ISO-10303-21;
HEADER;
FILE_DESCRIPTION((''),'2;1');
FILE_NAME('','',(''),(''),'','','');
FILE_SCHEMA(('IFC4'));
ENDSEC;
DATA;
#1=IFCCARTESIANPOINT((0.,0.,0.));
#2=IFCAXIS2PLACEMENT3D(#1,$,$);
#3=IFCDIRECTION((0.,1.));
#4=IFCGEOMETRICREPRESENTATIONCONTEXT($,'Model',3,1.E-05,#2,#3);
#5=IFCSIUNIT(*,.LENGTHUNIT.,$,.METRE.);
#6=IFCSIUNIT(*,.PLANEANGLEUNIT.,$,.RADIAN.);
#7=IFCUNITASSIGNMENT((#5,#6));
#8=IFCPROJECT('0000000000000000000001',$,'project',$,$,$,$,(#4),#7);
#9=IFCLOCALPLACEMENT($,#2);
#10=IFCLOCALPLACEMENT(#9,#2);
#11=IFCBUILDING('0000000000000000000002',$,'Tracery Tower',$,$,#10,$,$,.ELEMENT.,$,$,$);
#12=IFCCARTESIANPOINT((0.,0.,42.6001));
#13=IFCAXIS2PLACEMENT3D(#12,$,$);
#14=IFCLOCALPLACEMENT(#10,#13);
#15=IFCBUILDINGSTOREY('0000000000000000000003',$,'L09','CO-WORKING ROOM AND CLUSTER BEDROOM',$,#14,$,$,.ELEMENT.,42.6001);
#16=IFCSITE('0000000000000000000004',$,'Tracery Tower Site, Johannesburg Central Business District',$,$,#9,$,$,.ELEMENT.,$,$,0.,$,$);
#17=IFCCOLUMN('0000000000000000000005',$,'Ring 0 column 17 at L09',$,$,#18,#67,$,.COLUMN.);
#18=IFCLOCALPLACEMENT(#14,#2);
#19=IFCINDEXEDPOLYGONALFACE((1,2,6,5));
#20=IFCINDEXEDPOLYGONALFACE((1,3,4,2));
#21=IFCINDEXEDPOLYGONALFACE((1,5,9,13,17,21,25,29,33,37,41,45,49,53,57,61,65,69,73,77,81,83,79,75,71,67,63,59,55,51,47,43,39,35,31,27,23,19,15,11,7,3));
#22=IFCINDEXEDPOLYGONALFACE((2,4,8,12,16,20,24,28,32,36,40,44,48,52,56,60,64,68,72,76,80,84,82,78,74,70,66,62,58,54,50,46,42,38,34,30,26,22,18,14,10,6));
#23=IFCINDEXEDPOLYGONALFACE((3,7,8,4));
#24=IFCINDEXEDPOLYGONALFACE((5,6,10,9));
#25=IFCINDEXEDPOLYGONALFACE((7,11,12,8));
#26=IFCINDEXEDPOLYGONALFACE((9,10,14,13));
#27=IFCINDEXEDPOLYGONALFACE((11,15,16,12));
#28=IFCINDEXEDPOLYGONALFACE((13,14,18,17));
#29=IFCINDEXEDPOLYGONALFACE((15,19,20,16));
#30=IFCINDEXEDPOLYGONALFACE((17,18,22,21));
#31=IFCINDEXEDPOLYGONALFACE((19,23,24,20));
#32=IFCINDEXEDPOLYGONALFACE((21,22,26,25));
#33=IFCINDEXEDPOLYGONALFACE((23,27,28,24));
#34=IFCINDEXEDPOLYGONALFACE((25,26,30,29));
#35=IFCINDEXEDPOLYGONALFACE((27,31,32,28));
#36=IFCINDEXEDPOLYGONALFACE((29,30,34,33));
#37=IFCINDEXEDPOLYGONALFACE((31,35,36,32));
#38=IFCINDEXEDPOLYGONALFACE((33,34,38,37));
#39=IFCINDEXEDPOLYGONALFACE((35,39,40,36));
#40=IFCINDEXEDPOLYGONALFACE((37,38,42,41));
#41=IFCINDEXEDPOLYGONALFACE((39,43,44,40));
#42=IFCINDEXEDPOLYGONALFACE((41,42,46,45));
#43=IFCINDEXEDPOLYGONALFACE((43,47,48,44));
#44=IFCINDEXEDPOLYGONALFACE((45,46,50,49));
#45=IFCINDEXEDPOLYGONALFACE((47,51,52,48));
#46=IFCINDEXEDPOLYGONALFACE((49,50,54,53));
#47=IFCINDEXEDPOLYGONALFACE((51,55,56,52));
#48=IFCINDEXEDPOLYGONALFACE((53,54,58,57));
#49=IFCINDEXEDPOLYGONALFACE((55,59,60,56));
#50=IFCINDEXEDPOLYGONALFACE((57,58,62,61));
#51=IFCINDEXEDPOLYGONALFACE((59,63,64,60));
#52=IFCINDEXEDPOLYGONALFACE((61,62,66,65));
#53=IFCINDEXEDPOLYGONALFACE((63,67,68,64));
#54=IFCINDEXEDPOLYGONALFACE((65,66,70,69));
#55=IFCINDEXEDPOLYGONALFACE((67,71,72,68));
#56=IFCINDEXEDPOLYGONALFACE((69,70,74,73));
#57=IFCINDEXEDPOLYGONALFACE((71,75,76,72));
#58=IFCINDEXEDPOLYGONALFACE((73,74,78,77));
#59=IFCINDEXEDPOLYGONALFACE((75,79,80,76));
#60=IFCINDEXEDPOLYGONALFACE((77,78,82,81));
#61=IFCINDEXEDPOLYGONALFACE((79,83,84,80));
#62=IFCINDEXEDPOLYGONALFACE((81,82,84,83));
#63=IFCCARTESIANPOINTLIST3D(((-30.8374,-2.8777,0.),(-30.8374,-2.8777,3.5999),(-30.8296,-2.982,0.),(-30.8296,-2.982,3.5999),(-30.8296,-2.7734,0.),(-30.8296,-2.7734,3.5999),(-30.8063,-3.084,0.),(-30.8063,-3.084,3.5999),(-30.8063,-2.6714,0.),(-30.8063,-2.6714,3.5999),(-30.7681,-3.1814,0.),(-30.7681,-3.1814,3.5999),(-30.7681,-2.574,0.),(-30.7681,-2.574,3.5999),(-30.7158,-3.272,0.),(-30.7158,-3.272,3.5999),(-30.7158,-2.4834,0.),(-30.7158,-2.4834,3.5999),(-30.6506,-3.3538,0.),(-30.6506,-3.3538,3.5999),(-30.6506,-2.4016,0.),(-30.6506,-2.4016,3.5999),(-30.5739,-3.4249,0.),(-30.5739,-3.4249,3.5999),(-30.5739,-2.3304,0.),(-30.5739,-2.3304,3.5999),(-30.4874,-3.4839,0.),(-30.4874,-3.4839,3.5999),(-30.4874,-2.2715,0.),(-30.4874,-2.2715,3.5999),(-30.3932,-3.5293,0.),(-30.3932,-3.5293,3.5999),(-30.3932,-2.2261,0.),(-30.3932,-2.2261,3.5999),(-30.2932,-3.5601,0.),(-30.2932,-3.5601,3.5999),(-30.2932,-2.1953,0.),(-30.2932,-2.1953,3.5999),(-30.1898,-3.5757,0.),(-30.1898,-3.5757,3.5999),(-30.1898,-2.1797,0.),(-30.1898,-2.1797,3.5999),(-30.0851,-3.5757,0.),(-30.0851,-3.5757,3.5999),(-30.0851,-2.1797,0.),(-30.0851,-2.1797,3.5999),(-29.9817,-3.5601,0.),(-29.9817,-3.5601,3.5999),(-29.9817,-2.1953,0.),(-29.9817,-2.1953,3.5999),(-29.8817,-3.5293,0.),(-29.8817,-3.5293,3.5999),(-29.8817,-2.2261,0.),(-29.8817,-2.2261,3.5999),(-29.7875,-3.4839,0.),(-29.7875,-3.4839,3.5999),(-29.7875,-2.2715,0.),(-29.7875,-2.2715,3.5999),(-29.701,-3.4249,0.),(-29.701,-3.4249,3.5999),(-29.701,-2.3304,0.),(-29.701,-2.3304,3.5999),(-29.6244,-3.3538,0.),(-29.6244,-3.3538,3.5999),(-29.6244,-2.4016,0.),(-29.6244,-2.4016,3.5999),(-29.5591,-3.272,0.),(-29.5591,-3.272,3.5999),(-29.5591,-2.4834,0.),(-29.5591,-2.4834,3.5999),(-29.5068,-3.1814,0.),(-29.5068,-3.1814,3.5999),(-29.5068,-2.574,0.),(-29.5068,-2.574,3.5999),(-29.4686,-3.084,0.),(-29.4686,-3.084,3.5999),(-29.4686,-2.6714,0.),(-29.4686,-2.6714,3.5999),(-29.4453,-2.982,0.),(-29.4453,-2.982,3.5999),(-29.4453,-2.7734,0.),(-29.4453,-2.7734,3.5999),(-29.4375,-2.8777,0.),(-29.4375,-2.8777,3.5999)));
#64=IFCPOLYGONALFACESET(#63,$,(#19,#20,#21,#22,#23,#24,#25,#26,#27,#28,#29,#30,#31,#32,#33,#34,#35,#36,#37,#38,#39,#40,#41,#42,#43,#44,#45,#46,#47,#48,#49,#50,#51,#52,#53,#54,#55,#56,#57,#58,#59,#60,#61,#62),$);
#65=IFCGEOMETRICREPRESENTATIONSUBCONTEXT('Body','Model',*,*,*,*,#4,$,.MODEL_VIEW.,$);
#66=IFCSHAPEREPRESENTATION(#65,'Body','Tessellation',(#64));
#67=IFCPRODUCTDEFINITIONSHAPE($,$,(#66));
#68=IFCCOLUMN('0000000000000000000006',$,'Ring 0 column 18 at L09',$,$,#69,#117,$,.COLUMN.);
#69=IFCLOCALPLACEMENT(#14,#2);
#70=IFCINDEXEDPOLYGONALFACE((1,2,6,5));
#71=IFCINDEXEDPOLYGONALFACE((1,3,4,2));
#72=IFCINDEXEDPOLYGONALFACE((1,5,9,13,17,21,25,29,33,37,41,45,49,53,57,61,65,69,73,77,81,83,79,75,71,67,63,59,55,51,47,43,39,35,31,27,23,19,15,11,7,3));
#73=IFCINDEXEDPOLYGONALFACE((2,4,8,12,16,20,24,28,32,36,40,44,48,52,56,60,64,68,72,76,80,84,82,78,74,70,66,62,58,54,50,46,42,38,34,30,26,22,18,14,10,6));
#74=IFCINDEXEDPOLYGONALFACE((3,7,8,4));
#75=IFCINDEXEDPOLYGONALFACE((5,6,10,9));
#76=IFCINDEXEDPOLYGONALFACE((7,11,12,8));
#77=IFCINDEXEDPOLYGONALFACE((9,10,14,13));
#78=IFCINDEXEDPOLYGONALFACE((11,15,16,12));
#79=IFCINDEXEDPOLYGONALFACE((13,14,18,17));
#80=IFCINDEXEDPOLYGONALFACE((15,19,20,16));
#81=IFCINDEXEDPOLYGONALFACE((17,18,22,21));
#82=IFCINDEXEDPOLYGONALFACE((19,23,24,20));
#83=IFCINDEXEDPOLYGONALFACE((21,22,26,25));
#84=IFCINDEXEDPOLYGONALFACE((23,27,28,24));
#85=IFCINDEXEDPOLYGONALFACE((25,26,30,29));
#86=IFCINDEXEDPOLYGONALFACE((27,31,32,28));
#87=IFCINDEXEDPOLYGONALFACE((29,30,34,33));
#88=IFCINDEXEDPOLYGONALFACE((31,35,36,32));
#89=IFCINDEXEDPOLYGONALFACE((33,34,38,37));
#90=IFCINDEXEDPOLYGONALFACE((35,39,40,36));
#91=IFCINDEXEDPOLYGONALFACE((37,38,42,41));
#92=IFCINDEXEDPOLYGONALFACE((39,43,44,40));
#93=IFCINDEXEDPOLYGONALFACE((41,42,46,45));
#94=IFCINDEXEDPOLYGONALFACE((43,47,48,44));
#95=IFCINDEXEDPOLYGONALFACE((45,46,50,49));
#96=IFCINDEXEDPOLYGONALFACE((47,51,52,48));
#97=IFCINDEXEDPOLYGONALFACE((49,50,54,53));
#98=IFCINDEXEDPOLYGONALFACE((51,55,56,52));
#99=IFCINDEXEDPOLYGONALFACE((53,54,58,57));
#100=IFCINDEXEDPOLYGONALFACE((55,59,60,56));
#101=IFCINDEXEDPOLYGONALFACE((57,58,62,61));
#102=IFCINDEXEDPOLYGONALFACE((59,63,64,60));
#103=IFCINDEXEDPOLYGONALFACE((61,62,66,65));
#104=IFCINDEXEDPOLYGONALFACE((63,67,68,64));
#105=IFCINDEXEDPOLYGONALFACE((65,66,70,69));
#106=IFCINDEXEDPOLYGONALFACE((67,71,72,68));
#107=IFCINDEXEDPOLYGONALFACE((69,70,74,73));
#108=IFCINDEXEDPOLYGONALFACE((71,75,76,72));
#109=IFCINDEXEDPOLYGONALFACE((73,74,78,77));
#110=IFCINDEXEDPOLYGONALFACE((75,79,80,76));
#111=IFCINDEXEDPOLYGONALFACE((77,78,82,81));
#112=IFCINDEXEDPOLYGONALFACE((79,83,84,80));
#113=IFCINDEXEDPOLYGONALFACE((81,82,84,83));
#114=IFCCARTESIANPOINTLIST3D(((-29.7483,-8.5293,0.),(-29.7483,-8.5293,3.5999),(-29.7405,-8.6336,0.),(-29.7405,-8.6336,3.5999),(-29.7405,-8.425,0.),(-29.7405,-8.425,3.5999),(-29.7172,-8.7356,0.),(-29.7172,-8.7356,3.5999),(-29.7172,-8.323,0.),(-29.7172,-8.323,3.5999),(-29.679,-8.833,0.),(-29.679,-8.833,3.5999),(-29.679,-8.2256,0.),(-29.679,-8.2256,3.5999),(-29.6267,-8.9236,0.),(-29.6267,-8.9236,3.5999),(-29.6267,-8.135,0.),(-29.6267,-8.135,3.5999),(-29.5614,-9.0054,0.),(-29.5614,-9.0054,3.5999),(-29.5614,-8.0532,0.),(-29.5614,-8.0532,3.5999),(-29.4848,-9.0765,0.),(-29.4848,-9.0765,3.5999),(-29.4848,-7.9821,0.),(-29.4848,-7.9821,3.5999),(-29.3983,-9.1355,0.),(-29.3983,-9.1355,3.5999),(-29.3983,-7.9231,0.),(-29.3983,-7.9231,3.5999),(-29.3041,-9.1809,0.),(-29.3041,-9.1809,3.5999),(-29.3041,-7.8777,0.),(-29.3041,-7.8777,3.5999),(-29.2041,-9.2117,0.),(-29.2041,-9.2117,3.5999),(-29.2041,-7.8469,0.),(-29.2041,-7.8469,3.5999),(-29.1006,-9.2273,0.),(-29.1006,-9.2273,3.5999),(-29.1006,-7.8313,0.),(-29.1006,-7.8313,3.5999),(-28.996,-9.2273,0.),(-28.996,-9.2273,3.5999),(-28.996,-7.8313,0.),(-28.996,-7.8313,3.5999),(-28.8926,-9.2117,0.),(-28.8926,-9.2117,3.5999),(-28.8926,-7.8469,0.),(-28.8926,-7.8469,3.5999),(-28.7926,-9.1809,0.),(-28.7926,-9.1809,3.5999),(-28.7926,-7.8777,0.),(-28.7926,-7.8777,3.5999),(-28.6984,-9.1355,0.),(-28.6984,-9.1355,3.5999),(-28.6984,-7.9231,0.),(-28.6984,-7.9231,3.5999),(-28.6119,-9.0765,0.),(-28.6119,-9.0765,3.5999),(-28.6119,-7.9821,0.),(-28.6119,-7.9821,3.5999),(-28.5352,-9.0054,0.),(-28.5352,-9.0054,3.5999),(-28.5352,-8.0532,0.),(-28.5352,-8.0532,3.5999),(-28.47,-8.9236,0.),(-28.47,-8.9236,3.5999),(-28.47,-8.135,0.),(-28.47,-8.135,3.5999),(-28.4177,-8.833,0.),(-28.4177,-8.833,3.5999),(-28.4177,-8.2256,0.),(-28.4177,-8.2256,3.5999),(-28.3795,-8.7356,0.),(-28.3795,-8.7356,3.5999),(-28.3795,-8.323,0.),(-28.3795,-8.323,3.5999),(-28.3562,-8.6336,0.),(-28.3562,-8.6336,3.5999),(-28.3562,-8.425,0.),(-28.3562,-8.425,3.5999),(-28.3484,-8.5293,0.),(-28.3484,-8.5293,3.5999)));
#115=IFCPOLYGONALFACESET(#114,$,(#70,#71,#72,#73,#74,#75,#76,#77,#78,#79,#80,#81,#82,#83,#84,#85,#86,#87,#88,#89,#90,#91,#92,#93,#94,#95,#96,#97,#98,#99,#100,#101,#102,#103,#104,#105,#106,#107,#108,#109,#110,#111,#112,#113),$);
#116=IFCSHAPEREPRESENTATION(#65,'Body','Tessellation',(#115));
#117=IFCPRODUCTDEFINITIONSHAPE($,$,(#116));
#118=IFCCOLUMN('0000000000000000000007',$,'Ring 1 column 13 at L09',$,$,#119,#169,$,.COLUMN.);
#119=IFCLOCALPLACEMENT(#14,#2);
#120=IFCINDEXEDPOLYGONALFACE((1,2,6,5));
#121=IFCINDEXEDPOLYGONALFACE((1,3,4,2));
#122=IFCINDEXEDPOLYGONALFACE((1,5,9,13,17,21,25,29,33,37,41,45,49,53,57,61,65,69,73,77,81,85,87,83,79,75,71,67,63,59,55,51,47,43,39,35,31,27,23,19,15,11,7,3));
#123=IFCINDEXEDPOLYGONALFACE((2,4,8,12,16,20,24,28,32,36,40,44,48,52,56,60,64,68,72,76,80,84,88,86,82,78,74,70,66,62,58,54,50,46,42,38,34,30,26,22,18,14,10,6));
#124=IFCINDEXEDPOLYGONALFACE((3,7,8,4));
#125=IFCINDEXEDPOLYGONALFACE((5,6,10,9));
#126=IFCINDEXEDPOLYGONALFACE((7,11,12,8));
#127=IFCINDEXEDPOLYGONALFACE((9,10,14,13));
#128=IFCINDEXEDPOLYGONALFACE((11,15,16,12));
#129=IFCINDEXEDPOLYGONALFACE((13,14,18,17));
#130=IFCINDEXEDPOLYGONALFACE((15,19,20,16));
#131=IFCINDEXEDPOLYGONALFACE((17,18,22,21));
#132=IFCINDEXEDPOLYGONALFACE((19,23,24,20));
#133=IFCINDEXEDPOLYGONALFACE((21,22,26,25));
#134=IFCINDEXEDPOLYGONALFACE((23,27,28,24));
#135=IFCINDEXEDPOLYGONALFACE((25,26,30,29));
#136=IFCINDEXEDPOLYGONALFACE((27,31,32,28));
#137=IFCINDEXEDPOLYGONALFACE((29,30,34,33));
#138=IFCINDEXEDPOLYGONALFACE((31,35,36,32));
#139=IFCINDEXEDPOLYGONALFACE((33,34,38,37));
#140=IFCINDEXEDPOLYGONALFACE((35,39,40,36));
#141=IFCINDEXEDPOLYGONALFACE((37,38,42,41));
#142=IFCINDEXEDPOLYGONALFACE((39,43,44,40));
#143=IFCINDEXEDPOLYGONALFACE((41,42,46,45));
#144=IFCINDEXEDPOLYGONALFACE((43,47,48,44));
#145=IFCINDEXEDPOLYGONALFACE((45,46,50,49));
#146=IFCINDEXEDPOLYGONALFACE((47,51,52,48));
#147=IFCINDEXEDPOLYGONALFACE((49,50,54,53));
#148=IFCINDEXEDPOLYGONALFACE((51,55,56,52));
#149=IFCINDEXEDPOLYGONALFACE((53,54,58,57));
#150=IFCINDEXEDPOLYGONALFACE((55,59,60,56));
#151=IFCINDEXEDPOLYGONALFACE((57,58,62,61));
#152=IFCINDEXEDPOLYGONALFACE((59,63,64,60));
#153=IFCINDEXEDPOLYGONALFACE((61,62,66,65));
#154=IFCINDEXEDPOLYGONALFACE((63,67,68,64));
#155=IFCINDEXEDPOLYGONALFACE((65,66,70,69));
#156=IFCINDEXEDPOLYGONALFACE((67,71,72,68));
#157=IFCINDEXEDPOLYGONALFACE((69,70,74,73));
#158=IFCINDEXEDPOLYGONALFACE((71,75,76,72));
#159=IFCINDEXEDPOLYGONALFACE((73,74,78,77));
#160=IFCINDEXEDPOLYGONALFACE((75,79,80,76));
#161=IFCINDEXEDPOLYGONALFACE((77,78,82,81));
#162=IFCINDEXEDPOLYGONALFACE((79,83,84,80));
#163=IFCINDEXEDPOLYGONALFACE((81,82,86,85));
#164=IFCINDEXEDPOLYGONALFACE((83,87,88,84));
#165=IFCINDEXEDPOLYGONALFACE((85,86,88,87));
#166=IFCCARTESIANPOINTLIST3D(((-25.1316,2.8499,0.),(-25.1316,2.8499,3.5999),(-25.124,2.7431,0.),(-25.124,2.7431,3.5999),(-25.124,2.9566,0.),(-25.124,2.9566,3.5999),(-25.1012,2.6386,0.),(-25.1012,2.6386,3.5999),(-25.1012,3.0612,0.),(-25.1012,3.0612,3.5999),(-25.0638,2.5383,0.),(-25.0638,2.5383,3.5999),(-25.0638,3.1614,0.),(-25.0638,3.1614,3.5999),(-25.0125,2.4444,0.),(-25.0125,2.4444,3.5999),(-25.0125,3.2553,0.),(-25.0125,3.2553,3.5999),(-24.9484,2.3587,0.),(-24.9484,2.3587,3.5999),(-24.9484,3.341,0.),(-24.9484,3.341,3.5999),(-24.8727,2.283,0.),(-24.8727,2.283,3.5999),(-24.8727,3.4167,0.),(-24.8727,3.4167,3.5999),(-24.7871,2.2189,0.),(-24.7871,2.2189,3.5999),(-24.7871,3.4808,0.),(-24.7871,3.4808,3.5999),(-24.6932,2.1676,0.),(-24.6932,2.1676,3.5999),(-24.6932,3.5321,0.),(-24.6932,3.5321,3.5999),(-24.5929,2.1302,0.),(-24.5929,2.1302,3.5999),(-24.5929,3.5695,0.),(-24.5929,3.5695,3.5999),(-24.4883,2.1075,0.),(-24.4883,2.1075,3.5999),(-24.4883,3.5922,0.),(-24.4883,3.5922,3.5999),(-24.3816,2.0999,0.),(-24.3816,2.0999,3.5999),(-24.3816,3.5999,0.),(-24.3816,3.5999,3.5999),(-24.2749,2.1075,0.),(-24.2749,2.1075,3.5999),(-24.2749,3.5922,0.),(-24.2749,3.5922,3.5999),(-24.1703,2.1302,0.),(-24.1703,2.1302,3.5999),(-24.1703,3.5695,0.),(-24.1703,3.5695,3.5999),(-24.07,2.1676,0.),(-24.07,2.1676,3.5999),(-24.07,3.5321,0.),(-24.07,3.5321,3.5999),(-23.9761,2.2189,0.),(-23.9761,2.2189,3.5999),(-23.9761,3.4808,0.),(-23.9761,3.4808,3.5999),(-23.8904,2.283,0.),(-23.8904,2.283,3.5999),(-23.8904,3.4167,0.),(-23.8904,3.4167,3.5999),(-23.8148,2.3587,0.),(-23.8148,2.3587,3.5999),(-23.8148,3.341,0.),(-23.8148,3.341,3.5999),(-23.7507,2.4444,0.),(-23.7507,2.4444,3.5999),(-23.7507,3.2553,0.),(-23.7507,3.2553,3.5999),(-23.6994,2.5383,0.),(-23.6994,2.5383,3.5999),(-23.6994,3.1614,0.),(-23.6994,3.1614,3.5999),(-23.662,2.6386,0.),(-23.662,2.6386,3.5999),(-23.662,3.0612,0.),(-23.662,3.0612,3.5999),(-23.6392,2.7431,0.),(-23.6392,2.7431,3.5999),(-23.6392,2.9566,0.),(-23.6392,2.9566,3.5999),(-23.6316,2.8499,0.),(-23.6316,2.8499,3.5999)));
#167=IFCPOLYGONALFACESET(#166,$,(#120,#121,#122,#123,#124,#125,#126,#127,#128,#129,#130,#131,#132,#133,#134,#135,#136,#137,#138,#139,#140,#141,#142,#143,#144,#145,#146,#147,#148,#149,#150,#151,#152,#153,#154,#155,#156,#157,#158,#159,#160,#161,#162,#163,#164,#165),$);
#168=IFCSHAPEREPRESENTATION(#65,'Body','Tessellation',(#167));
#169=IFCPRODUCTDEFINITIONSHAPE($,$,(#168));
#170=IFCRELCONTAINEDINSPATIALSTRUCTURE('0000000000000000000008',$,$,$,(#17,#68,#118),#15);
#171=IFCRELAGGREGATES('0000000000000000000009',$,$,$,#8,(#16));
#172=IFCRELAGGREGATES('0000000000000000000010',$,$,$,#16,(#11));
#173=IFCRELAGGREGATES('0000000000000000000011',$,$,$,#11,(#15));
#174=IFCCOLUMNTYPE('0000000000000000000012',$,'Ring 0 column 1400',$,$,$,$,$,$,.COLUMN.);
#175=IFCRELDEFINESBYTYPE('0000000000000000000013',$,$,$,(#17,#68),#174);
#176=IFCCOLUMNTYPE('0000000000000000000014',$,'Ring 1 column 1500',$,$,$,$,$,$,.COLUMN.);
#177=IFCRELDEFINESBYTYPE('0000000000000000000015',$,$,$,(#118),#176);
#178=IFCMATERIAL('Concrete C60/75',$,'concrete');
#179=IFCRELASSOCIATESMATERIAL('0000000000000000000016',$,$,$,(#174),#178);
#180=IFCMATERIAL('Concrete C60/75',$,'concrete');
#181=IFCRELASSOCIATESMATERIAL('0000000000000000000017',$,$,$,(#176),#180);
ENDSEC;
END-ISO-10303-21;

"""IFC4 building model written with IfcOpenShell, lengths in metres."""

from ifc_helpers import new_model, si_unit, direction, frame, origin, origin_2d, place, context, subcontext, project, spatial, circle, extrude, material, material_profile, profile_set, type_object, element, save


model = new_model("IFC4")

# Units and contexts
model_context = context("Model", 3, precision=1e-05, world=origin(), true_north=direction((0.0, 1.0)))
body_context = subcontext(model_context, "Body", "Model", "MODEL_VIEW")
ifc_project = project(units=[si_unit("LENGTHUNIT", "METRE"), si_unit("PLANEANGLEUNIT", "RADIAN")], contexts=[model_context])

# Site, building, storey
site_placement = place(None, origin())
site = spatial("IfcSite", under=ifc_project, at=site_placement, Name="Tracery Tower Site, Johannesburg Central Business District", CompositionType="ELEMENT", RefElevation=0.0)
building_placement = place(site_placement, origin())
building = spatial("IfcBuilding", under=site, at=building_placement, Name="Tracery Tower", CompositionType="ELEMENT")
storey_placement = place(building_placement, frame((0.0, 0.0, 42.6001)))
storey = spatial("IfcBuildingStorey", under=building, at=storey_placement, Name="L09", Description="CO-WORKING ROOM AND CLUSTER BEDROOM", CompositionType="ELEMENT", Elevation=42.6001)

# Columns
ifc_material_1 = material(Name="Concrete C60/75", Category="concrete")
ifc_material_profile_1 = material_profile(ifc_material_1, circle(Radius=0.7, at=origin_2d()), Name="RC D1400")
ifc_profile_set_1 = profile_set([ifc_material_profile_1], Name="Concrete C60/75")
column_type_1 = type_object("IfcColumnType", Name="Ring 0 column 1400", PredefinedType="COLUMN", material=ifc_profile_set_1)
for number, where, z_axis, x_axis, name in (
    (1, (-30.1375, -2.8777, 0.0), (0.0, 0.0, 1.0), (1.0, 0.0, 0.0), "Ring 0 column 17 at L09"),
    (2, (-29.0483, -8.5293, 0.0), (0.0, 0.0, 1.0), (1.0, 0.0, 0.0), "Ring 0 column 18 at L09"),
):
    element("IfcColumn", number, at=place(storey_placement, frame(where, z_axis=z_axis, x_axis=x_axis)), inside=storey, type_object=column_type_1, Name=name, PredefinedType="COLUMN", context=body_context, shape_type="SweptSolid", body=[
        extrude(circle(Radius=0.7, at=origin_2d()), origin(), (0.0, 0.0, 1.0), 3.5999),
    ])
ifc_material_2 = material(Name="Concrete C60/75", Category="concrete")
ifc_material_profile_2 = material_profile(ifc_material_2, circle(Radius=0.75, at=origin_2d()), Name="RC D1500")
ifc_profile_set_2 = profile_set([ifc_material_profile_2], Name="Concrete C60/75")
column_type_2 = type_object("IfcColumnType", Name="Ring 1 column 1500", PredefinedType="COLUMN", material=ifc_profile_set_2)
for number, where, z_axis, x_axis, name in (
    (3, (-24.3816, 2.8499, 0.0), (0.0, 0.0, 1.0), (1.0, 0.0, 0.0), "Ring 1 column 13 at L09"),
):
    element("IfcColumn", number, at=place(storey_placement, frame(where, z_axis=z_axis, x_axis=x_axis)), inside=storey, type_object=column_type_2, Name=name, PredefinedType="COLUMN", context=body_context, shape_type="SweptSolid", body=[
        extrude(circle(Radius=0.75, at=origin_2d()), origin(), (0.0, 0.0, 1.0), 3.5999),
    ])

save(model, "model.ifc")
